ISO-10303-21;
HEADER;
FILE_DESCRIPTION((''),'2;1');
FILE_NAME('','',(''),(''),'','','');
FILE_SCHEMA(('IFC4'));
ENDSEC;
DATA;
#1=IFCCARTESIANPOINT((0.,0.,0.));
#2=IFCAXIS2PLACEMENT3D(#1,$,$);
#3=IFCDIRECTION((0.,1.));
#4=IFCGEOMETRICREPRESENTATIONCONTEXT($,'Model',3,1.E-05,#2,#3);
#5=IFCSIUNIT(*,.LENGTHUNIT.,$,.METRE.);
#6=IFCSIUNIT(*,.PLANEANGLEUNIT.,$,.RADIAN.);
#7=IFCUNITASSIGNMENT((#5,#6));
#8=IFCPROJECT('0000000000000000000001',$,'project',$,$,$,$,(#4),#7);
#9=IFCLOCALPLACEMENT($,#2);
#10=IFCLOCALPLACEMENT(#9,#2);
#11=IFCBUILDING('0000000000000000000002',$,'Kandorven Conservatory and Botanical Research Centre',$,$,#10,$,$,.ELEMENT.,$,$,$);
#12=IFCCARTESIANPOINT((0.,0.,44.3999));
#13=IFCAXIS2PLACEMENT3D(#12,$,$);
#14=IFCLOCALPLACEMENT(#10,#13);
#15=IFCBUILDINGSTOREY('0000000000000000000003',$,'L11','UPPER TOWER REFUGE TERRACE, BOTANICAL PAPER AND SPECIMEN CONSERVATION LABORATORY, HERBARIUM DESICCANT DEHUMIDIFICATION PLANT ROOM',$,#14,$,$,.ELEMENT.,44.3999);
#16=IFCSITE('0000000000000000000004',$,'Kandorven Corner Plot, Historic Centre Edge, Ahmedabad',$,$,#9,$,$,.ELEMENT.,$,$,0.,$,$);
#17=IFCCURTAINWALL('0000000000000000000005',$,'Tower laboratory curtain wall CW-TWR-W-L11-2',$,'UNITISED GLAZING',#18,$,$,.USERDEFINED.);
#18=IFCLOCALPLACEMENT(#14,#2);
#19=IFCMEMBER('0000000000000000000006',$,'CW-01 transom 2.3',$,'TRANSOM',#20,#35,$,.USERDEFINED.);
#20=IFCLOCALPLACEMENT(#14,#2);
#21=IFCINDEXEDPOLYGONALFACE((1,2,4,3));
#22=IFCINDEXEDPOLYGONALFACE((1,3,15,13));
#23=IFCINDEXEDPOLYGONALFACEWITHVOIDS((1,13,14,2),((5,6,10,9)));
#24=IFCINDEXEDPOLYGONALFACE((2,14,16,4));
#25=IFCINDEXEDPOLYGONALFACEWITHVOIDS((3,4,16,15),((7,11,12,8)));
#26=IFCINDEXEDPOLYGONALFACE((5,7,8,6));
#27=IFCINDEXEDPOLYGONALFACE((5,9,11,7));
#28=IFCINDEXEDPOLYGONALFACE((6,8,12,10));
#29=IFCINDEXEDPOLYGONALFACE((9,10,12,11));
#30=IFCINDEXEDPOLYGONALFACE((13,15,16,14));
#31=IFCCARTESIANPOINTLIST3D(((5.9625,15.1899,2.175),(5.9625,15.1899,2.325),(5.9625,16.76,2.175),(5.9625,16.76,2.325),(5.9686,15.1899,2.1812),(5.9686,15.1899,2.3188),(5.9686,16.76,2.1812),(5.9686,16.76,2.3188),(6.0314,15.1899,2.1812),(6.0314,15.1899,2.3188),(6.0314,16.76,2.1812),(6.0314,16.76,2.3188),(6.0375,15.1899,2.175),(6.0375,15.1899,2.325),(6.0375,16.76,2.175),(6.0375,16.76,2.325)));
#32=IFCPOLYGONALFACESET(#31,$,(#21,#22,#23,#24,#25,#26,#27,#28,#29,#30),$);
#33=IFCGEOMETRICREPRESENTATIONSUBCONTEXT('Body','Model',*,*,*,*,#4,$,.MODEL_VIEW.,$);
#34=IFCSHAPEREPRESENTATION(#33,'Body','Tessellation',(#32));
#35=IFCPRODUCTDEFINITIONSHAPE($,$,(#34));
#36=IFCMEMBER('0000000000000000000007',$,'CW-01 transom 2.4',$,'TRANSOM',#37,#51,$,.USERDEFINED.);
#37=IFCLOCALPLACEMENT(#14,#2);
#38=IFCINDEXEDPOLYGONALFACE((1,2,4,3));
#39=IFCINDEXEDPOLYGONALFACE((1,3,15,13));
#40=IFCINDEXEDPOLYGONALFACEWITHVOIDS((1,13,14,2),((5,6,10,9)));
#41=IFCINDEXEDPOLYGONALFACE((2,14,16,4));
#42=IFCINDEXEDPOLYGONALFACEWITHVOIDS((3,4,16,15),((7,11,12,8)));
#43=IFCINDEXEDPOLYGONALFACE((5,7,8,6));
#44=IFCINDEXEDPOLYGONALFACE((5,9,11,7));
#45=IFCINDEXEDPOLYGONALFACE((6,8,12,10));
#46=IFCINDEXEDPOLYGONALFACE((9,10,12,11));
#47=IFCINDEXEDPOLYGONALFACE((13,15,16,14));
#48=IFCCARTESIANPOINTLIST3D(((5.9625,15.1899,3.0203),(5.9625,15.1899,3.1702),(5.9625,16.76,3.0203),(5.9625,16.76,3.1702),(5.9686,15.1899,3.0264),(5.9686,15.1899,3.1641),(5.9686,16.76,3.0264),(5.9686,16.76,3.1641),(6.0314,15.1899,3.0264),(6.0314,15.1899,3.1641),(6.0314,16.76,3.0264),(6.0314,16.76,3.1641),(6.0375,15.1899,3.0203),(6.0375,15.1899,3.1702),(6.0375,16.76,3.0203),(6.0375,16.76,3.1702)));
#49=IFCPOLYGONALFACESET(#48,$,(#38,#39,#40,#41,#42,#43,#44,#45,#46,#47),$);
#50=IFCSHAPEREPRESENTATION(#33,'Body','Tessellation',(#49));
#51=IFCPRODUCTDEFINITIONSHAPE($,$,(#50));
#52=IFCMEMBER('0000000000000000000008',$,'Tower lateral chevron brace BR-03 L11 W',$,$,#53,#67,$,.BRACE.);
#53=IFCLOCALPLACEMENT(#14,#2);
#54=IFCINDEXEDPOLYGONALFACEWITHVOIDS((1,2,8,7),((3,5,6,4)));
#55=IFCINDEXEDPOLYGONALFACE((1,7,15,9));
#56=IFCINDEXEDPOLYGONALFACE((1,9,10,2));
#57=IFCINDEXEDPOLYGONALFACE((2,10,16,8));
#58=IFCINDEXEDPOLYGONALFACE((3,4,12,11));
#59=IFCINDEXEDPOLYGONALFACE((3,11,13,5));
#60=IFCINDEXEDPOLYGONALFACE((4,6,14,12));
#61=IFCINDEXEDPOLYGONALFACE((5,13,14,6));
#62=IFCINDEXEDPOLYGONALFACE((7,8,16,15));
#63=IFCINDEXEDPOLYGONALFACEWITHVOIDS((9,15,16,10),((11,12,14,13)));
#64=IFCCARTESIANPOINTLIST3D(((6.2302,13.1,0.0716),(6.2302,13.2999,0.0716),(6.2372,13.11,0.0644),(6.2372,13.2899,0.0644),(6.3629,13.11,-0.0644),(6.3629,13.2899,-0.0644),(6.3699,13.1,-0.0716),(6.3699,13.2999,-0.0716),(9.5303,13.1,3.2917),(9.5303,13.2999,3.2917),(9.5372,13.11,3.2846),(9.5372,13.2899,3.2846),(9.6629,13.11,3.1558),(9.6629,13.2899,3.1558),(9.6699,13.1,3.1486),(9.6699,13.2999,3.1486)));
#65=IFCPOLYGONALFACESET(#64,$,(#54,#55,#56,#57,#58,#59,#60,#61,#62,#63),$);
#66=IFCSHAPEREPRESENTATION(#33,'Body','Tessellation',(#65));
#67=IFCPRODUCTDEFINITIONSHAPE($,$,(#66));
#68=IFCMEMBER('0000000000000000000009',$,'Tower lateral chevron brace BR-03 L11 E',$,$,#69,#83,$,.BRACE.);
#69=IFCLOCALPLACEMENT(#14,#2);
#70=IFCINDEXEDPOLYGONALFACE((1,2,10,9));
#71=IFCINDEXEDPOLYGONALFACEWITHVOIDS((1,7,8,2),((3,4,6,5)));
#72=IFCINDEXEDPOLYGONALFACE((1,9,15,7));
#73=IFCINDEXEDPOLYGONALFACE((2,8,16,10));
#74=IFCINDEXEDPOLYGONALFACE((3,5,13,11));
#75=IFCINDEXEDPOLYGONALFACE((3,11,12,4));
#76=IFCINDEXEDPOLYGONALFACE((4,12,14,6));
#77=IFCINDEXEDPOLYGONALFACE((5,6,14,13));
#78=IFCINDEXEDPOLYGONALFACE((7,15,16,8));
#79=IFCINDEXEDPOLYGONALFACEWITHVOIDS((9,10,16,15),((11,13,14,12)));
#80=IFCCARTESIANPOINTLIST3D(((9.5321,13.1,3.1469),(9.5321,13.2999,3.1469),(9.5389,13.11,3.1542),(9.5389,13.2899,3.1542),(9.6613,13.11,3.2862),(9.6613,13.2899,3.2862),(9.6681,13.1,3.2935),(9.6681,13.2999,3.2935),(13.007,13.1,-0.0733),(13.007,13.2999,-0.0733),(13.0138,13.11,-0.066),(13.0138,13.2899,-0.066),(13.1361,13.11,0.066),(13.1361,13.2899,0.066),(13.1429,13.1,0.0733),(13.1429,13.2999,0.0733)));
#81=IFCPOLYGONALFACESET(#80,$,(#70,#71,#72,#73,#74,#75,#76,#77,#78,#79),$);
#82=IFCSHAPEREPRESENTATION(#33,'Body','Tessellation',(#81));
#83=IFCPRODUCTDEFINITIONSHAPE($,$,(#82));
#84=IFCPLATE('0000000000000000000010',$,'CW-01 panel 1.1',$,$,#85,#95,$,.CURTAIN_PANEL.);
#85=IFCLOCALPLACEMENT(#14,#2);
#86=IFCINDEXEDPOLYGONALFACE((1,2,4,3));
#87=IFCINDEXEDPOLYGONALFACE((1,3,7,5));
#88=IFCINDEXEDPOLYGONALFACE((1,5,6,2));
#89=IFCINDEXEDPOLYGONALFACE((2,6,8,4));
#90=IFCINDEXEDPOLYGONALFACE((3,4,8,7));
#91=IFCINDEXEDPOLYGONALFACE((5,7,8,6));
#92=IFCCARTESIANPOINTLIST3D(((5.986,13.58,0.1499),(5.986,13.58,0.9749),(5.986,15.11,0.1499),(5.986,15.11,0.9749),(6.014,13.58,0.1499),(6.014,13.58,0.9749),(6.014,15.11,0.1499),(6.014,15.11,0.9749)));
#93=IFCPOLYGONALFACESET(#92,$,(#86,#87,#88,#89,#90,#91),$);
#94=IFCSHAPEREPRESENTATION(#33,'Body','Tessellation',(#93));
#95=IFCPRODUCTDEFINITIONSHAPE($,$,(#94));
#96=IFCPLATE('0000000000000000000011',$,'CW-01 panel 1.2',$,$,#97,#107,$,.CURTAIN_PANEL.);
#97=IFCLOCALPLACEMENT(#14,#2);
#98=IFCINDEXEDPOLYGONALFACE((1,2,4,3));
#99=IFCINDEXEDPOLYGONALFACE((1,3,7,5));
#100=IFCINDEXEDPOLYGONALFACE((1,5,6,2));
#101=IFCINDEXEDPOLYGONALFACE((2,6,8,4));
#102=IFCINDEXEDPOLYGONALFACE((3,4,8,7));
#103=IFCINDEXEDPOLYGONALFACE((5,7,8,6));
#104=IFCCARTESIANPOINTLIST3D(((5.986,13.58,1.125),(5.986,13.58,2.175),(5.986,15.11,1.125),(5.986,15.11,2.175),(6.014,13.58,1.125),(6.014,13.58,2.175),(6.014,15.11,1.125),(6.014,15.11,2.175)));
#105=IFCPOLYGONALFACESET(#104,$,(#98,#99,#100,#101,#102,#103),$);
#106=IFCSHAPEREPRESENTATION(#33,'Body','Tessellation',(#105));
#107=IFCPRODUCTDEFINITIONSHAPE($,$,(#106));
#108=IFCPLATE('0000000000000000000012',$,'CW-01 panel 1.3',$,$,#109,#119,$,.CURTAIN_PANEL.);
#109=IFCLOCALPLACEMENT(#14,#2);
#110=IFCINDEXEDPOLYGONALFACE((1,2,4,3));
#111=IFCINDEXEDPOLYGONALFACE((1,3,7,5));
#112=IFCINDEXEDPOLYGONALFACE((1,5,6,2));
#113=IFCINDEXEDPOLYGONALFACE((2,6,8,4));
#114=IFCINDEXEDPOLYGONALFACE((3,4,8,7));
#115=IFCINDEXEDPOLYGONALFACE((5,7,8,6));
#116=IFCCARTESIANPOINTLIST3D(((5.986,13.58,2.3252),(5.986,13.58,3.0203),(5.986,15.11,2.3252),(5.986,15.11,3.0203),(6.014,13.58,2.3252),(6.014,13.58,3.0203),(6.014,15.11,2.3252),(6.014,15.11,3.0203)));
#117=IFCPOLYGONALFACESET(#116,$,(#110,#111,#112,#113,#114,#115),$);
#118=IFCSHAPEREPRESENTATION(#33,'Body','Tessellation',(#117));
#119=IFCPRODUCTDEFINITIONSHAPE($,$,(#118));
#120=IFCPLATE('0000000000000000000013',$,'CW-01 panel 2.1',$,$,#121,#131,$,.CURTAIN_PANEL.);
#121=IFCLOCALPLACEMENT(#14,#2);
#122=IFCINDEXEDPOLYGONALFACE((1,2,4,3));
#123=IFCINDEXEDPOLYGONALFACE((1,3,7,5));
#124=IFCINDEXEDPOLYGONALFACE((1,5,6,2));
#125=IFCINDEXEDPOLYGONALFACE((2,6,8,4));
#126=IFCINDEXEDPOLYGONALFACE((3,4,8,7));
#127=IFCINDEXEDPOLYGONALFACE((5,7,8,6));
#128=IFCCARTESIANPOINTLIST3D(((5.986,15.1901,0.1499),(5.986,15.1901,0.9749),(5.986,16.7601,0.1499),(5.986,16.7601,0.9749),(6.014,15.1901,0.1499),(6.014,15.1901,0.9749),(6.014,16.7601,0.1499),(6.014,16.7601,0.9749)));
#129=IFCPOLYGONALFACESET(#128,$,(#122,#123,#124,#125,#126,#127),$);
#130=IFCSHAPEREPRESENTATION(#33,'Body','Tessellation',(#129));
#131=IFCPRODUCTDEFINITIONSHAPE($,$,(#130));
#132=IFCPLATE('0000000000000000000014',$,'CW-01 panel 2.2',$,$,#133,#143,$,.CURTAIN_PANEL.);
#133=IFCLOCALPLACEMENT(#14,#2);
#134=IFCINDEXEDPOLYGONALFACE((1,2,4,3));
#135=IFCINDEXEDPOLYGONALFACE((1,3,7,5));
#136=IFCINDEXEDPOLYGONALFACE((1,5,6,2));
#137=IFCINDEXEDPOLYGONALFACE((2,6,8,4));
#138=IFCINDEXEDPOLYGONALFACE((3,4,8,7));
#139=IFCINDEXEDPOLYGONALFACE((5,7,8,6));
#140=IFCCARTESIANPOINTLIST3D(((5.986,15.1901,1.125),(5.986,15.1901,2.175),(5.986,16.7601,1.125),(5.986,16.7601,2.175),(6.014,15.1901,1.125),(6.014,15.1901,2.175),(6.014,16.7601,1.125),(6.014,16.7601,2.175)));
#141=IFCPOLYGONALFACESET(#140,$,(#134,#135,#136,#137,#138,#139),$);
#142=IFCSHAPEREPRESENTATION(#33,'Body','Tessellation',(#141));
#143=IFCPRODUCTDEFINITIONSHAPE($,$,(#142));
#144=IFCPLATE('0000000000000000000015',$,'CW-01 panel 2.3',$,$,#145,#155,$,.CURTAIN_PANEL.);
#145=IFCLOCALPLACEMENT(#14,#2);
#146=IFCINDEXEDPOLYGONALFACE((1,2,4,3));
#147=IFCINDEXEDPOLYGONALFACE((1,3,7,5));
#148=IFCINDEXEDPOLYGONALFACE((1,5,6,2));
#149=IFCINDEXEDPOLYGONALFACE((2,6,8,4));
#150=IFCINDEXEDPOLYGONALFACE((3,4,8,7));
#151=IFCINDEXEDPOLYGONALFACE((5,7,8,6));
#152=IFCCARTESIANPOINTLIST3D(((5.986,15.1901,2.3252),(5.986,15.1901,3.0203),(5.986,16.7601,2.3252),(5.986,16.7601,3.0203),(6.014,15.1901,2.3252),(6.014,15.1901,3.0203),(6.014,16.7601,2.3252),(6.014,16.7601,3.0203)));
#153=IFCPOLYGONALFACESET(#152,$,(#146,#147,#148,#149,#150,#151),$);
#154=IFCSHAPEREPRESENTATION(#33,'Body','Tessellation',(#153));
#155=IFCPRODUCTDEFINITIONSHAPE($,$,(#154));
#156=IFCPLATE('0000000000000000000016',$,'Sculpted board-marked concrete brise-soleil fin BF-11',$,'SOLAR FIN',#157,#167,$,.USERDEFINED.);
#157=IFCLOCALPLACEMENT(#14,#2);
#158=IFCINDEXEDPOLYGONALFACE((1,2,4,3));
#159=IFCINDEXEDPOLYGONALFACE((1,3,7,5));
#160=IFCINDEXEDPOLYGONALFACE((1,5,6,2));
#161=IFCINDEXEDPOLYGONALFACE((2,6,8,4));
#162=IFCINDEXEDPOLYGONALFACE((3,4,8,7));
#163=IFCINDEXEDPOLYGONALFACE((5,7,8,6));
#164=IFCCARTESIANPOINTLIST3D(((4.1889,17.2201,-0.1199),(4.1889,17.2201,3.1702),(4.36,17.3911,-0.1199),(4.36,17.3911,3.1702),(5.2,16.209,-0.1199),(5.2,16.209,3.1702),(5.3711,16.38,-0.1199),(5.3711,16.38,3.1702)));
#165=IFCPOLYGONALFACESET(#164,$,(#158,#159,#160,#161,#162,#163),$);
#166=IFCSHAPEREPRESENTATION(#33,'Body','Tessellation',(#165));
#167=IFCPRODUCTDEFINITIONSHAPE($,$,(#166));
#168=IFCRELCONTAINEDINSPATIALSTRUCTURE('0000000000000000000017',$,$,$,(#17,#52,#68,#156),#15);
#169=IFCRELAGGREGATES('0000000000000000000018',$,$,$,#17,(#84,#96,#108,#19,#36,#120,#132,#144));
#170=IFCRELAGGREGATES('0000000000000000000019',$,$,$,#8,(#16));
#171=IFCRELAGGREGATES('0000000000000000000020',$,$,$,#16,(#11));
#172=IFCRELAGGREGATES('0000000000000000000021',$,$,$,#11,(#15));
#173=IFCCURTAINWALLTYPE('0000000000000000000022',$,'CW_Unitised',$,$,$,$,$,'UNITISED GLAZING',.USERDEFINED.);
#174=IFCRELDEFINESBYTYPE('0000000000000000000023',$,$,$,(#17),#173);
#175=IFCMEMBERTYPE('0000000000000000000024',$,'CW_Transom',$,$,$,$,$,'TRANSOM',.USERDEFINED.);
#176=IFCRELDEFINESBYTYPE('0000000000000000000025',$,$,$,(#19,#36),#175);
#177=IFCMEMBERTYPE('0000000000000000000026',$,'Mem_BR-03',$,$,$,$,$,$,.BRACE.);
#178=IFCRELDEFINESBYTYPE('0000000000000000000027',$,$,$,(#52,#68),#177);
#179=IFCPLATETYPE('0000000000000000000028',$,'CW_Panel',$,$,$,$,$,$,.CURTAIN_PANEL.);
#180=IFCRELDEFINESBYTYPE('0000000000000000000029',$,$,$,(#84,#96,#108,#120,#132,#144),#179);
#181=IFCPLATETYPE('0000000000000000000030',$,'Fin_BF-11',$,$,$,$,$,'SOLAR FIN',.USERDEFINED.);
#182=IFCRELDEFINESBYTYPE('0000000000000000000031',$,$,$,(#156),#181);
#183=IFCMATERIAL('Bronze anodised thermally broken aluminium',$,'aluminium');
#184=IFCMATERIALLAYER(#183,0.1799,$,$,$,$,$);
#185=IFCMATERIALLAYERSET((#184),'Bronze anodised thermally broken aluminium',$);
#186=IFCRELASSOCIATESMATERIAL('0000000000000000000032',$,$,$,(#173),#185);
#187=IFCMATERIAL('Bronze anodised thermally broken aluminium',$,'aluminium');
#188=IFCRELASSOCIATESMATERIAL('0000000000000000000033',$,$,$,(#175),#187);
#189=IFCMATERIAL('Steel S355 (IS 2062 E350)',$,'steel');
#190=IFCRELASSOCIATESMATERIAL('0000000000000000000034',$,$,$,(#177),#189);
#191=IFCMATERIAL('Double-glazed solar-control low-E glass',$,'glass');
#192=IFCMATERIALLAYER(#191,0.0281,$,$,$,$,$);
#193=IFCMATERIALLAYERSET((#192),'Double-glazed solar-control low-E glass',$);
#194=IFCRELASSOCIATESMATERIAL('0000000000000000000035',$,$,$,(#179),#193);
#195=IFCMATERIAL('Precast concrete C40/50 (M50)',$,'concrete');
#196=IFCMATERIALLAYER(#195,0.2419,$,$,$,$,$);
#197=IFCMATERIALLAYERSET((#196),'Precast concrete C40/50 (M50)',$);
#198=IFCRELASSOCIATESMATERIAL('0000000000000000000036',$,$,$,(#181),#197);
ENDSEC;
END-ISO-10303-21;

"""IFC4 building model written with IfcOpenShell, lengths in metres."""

from ifc_helpers import new_model, si_unit, direction, frame, origin, origin_2d, place, context, subcontext, project, spatial, rectangle, hollow_rectangle, extrude, material, layer, layer_set, material_profile, profile_set, type_object, element, aggregate, save


model = new_model("IFC4")

# Units and contexts
model_context = context("Model", 3, precision=1e-05, world=origin(), true_north=direction((0.0, 1.0)))
body_context = subcontext(model_context, "Body", "Model", "MODEL_VIEW")
ifc_project = project(units=[si_unit("LENGTHUNIT", "METRE"), si_unit("PLANEANGLEUNIT", "RADIAN")], contexts=[model_context])

# Site, building, storey
site_placement = place(None, origin())
site = spatial("IfcSite", under=ifc_project, at=site_placement, Name="Kandorven Corner Plot, Historic Centre Edge, Ahmedabad", CompositionType="ELEMENT", RefElevation=0.0)
building_placement = place(site_placement, origin())
building = spatial("IfcBuilding", under=site, at=building_placement, Name="Kandorven Conservatory and Botanical Research Centre", CompositionType="ELEMENT")
storey_placement = place(building_placement, frame((0.0, 0.0, 44.3999)))
storey = spatial("IfcBuildingStorey", under=building, at=storey_placement, Name="L11", Description="UPPER TOWER REFUGE TERRACE, BOTANICAL PAPER AND SPECIMEN CONSERVATION LABORATORY, HERBARIUM DESICCANT DEHUMIDIFICATION PLANT ROOM", CompositionType="ELEMENT", Elevation=44.3999)

# Curtain wall, members
ifc_material_1 = material(Name="Bronze anodised thermally broken aluminium", Category="aluminium")
ifc_layer_1 = layer(ifc_material_1, 0.1799)
ifc_layer_set_1 = layer_set([ifc_layer_1], Name="Bronze anodised thermally broken aluminium")
curtain_wall_type = type_object("IfcCurtainWallType", Name="CW_Unitised", ElementType="UNITISED GLAZING", PredefinedType="USERDEFINED", material=ifc_layer_set_1)
curtain_wall_placement = place(storey_placement, origin())
curtain_wall = element("IfcCurtainWall", 1, at=curtain_wall_placement, inside=storey, type_object=curtain_wall_type, Name="Tower laboratory curtain wall CW-TWR-W-L11-2", ObjectType="UNITISED GLAZING", PredefinedType="USERDEFINED")
ifc_material_2 = material(Name="Bronze anodised thermally broken aluminium", Category="aluminium")
ifc_material_profile_1 = material_profile(ifc_material_2, hollow_rectangle(XDim=0.075, YDim=0.1499, WallThickness=0.0061, at=origin_2d()))
ifc_profile_set_1 = profile_set([ifc_material_profile_1], Name="Bronze anodised thermally broken aluminium")
member_type_1 = type_object("IfcMemberType", Name="CW_Transom", ElementType="TRANSOM", PredefinedType="USERDEFINED", material=ifc_profile_set_1)
member_1_placement = place(storey_placement, frame((6.0, 15.1899, 2.25), z_axis=(0.0, 1.0, 0.0), x_axis=(-1.0, 0.0, 0.0)))
member_1 = element("IfcMember", 2, at=member_1_placement, type_object=member_type_1, Name="CW-01 transom 2.3", ObjectType="TRANSOM", PredefinedType="USERDEFINED", context=body_context, shape_type="SweptSolid", body=[
    extrude(hollow_rectangle(XDim=0.075, YDim=0.1499, WallThickness=0.0061, at=origin_2d()), origin(), (0.0, 0.0, 1.0), 1.5701),
])
member_2_placement = place(storey_placement, frame((6.0, 15.1899, 3.0952), z_axis=(0.0, 1.0, 0.0), x_axis=(-1.0, 0.0, 0.0)))
member_2 = element("IfcMember", 3, at=member_2_placement, type_object=member_type_1, Name="CW-01 transom 2.4", ObjectType="TRANSOM", PredefinedType="USERDEFINED", context=body_context, shape_type="SweptSolid", body=[
    extrude(hollow_rectangle(XDim=0.075, YDim=0.1499, WallThickness=0.0061, at=origin_2d()), origin(), (0.0, 0.0, 1.0), 1.5701),
])

# Members
ifc_material_3 = material(Name="Steel S355 (IS 2062 E350)", Category="steel")
ifc_material_profile_2 = material_profile(ifc_material_3, hollow_rectangle(XDim=0.2, YDim=0.2, WallThickness=0.01, at=origin_2d()))
ifc_profile_set_2 = profile_set([ifc_material_profile_2], Name="Steel S355 (IS 2062 E350)")
member_type_2 = type_object("IfcMemberType", Name="Mem_BR-03", PredefinedType="BRACE", material=ifc_profile_set_2)
member_3_placement = place(storey_placement, frame((6.3, 13.2, 0.0), z_axis=(0.715711, 0.0, 0.698397), x_axis=(0.0, 1.0, 0.0)))
element("IfcMember", 4, at=member_3_placement, inside=storey, type_object=member_type_2, Name="Tower lateral chevron brace BR-03 L11 W", PredefinedType="BRACE", context=body_context, shape_type="SweptSolid", body=[
    extrude(hollow_rectangle(XDim=0.2, YDim=0.2, WallThickness=0.01, at=origin_2d()), origin(), (0.0, 0.0, 1.0), 4.6108),
])
member_4_placement = place(storey_placement, frame((13.075, 13.2, 0.0), z_axis=(-0.73347, 0.0, 0.679721), x_axis=(0.0, -1.0, 0.0)))
element("IfcMember", 5, at=member_4_placement, inside=storey, type_object=member_type_2, Name="Tower lateral chevron brace BR-03 L11 E", PredefinedType="BRACE", context=body_context, shape_type="SweptSolid", body=[
    extrude(hollow_rectangle(XDim=0.2, YDim=0.2, WallThickness=0.01, at=origin_2d()), origin(), (0.0, 0.0, 1.0), 4.7375),
])

# Plates
ifc_material_4 = material(Name="Double-glazed solar-control low-E glass", Category="glass")
ifc_layer_2 = layer(ifc_material_4, 0.0281)
ifc_layer_set_2 = layer_set([ifc_layer_2], Name="Double-glazed solar-control low-E glass")
plate_type_1 = type_object("IfcPlateType", Name="CW_Panel", PredefinedType="CURTAIN_PANEL", material=ifc_layer_set_2)
plate_1_placement = place(storey_placement, frame((6.0, 14.345, 0.1499), z_axis=(0.0, 0.0, 1.0), x_axis=(0.0, 1.0, 0.0)))
plate_1 = element("IfcPlate", 6, at=plate_1_placement, type_object=plate_type_1, Name="CW-01 panel 1.1", PredefinedType="CURTAIN_PANEL", context=body_context, shape_type="SweptSolid", body=[
    extrude(rectangle(XDim=1.53, YDim=0.0281, at=origin_2d()), origin(), (0.0, 0.0, 1.0), 0.825),
])
plate_2_placement = place(storey_placement, frame((6.0, 14.345, 1.125), z_axis=(0.0, 0.0, 1.0), x_axis=(0.0, 1.0, 0.0)))
plate_2 = element("IfcPlate", 7, at=plate_2_placement, type_object=plate_type_1, Name="CW-01 panel 1.2", PredefinedType="CURTAIN_PANEL", context=body_context, shape_type="SweptSolid", body=[
    extrude(rectangle(XDim=1.53, YDim=0.0281, at=origin_2d()), origin(), (0.0, 0.0, 1.0), 1.05),
])
plate_3_placement = place(storey_placement, frame((6.0, 14.345, 2.3252), z_axis=(0.0, 0.0, 1.0), x_axis=(0.0, 1.0, 0.0)))
plate_3 = element("IfcPlate", 8, at=plate_3_placement, type_object=plate_type_1, Name="CW-01 panel 1.3", PredefinedType="CURTAIN_PANEL", context=body_context, shape_type="SweptSolid", body=[
    extrude(rectangle(XDim=1.53, YDim=0.0281, at=origin_2d()), origin(), (0.0, 0.0, 1.0), 0.6951),
])
plate_4_placement = place(storey_placement, frame((6.0, 15.9751, 0.1499), z_axis=(0.0, 0.0, 1.0), x_axis=(0.0, 1.0, 0.0)))
plate_4 = element("IfcPlate", 9, at=plate_4_placement, type_object=plate_type_1, Name="CW-01 panel 2.1", PredefinedType="CURTAIN_PANEL", context=body_context, shape_type="SweptSolid", body=[
    extrude(rectangle(XDim=1.5701, YDim=0.0281, at=origin_2d()), origin(), (0.0, 0.0, 1.0), 0.825),
])
plate_5_placement = place(storey_placement, frame((6.0, 15.9751, 1.125), z_axis=(0.0, 0.0, 1.0), x_axis=(0.0, 1.0, 0.0)))
plate_5 = element("IfcPlate", 10, at=plate_5_placement, type_object=plate_type_1, Name="CW-01 panel 2.2", PredefinedType="CURTAIN_PANEL", context=body_context, shape_type="SweptSolid", body=[
    extrude(rectangle(XDim=1.5701, YDim=0.0281, at=origin_2d()), origin(), (0.0, 0.0, 1.0), 1.05),
])
plate_6_placement = place(storey_placement, frame((6.0, 15.9751, 2.3252), z_axis=(0.0, 0.0, 1.0), x_axis=(0.0, 1.0, 0.0)))
plate_6 = element("IfcPlate", 11, at=plate_6_placement, type_object=plate_type_1, Name="CW-01 panel 2.3", PredefinedType="CURTAIN_PANEL", context=body_context, shape_type="SweptSolid", body=[
    extrude(rectangle(XDim=1.5701, YDim=0.0281, at=origin_2d()), origin(), (0.0, 0.0, 1.0), 0.6951),
])
aggregate(curtain_wall, [plate_1, plate_2, plate_3, member_1, member_2, plate_4, plate_5, plate_6])
ifc_material_5 = material(Name="Precast concrete C40/50 (M50)", Category="concrete")
ifc_layer_3 = layer(ifc_material_5, 0.2419)
ifc_layer_set_3 = layer_set([ifc_layer_3], Name="Precast concrete C40/50 (M50)")
plate_type_2 = type_object("IfcPlateType", Name="Fin_BF-11", ElementType="SOLAR FIN", PredefinedType="USERDEFINED", material=ifc_layer_set_3)
plate_7_placement = place(storey_placement, frame((4.78, 16.8, -0.1199), z_axis=(0.0, 0.0, 1.0), x_axis=(-0.707107, 0.707107, 0.0)))
element("IfcPlate", 12, at=plate_7_placement, inside=storey, type_object=plate_type_2, Name="Sculpted board-marked concrete brise-soleil fin BF-11", ObjectType="SOLAR FIN", PredefinedType="USERDEFINED", context=body_context, shape_type="SweptSolid", body=[
    extrude(rectangle(XDim=1.4299, YDim=0.2419, at=origin_2d()), origin(), (0.0, 0.0, 1.0), 3.29),
])

save(model, "model.ifc")
